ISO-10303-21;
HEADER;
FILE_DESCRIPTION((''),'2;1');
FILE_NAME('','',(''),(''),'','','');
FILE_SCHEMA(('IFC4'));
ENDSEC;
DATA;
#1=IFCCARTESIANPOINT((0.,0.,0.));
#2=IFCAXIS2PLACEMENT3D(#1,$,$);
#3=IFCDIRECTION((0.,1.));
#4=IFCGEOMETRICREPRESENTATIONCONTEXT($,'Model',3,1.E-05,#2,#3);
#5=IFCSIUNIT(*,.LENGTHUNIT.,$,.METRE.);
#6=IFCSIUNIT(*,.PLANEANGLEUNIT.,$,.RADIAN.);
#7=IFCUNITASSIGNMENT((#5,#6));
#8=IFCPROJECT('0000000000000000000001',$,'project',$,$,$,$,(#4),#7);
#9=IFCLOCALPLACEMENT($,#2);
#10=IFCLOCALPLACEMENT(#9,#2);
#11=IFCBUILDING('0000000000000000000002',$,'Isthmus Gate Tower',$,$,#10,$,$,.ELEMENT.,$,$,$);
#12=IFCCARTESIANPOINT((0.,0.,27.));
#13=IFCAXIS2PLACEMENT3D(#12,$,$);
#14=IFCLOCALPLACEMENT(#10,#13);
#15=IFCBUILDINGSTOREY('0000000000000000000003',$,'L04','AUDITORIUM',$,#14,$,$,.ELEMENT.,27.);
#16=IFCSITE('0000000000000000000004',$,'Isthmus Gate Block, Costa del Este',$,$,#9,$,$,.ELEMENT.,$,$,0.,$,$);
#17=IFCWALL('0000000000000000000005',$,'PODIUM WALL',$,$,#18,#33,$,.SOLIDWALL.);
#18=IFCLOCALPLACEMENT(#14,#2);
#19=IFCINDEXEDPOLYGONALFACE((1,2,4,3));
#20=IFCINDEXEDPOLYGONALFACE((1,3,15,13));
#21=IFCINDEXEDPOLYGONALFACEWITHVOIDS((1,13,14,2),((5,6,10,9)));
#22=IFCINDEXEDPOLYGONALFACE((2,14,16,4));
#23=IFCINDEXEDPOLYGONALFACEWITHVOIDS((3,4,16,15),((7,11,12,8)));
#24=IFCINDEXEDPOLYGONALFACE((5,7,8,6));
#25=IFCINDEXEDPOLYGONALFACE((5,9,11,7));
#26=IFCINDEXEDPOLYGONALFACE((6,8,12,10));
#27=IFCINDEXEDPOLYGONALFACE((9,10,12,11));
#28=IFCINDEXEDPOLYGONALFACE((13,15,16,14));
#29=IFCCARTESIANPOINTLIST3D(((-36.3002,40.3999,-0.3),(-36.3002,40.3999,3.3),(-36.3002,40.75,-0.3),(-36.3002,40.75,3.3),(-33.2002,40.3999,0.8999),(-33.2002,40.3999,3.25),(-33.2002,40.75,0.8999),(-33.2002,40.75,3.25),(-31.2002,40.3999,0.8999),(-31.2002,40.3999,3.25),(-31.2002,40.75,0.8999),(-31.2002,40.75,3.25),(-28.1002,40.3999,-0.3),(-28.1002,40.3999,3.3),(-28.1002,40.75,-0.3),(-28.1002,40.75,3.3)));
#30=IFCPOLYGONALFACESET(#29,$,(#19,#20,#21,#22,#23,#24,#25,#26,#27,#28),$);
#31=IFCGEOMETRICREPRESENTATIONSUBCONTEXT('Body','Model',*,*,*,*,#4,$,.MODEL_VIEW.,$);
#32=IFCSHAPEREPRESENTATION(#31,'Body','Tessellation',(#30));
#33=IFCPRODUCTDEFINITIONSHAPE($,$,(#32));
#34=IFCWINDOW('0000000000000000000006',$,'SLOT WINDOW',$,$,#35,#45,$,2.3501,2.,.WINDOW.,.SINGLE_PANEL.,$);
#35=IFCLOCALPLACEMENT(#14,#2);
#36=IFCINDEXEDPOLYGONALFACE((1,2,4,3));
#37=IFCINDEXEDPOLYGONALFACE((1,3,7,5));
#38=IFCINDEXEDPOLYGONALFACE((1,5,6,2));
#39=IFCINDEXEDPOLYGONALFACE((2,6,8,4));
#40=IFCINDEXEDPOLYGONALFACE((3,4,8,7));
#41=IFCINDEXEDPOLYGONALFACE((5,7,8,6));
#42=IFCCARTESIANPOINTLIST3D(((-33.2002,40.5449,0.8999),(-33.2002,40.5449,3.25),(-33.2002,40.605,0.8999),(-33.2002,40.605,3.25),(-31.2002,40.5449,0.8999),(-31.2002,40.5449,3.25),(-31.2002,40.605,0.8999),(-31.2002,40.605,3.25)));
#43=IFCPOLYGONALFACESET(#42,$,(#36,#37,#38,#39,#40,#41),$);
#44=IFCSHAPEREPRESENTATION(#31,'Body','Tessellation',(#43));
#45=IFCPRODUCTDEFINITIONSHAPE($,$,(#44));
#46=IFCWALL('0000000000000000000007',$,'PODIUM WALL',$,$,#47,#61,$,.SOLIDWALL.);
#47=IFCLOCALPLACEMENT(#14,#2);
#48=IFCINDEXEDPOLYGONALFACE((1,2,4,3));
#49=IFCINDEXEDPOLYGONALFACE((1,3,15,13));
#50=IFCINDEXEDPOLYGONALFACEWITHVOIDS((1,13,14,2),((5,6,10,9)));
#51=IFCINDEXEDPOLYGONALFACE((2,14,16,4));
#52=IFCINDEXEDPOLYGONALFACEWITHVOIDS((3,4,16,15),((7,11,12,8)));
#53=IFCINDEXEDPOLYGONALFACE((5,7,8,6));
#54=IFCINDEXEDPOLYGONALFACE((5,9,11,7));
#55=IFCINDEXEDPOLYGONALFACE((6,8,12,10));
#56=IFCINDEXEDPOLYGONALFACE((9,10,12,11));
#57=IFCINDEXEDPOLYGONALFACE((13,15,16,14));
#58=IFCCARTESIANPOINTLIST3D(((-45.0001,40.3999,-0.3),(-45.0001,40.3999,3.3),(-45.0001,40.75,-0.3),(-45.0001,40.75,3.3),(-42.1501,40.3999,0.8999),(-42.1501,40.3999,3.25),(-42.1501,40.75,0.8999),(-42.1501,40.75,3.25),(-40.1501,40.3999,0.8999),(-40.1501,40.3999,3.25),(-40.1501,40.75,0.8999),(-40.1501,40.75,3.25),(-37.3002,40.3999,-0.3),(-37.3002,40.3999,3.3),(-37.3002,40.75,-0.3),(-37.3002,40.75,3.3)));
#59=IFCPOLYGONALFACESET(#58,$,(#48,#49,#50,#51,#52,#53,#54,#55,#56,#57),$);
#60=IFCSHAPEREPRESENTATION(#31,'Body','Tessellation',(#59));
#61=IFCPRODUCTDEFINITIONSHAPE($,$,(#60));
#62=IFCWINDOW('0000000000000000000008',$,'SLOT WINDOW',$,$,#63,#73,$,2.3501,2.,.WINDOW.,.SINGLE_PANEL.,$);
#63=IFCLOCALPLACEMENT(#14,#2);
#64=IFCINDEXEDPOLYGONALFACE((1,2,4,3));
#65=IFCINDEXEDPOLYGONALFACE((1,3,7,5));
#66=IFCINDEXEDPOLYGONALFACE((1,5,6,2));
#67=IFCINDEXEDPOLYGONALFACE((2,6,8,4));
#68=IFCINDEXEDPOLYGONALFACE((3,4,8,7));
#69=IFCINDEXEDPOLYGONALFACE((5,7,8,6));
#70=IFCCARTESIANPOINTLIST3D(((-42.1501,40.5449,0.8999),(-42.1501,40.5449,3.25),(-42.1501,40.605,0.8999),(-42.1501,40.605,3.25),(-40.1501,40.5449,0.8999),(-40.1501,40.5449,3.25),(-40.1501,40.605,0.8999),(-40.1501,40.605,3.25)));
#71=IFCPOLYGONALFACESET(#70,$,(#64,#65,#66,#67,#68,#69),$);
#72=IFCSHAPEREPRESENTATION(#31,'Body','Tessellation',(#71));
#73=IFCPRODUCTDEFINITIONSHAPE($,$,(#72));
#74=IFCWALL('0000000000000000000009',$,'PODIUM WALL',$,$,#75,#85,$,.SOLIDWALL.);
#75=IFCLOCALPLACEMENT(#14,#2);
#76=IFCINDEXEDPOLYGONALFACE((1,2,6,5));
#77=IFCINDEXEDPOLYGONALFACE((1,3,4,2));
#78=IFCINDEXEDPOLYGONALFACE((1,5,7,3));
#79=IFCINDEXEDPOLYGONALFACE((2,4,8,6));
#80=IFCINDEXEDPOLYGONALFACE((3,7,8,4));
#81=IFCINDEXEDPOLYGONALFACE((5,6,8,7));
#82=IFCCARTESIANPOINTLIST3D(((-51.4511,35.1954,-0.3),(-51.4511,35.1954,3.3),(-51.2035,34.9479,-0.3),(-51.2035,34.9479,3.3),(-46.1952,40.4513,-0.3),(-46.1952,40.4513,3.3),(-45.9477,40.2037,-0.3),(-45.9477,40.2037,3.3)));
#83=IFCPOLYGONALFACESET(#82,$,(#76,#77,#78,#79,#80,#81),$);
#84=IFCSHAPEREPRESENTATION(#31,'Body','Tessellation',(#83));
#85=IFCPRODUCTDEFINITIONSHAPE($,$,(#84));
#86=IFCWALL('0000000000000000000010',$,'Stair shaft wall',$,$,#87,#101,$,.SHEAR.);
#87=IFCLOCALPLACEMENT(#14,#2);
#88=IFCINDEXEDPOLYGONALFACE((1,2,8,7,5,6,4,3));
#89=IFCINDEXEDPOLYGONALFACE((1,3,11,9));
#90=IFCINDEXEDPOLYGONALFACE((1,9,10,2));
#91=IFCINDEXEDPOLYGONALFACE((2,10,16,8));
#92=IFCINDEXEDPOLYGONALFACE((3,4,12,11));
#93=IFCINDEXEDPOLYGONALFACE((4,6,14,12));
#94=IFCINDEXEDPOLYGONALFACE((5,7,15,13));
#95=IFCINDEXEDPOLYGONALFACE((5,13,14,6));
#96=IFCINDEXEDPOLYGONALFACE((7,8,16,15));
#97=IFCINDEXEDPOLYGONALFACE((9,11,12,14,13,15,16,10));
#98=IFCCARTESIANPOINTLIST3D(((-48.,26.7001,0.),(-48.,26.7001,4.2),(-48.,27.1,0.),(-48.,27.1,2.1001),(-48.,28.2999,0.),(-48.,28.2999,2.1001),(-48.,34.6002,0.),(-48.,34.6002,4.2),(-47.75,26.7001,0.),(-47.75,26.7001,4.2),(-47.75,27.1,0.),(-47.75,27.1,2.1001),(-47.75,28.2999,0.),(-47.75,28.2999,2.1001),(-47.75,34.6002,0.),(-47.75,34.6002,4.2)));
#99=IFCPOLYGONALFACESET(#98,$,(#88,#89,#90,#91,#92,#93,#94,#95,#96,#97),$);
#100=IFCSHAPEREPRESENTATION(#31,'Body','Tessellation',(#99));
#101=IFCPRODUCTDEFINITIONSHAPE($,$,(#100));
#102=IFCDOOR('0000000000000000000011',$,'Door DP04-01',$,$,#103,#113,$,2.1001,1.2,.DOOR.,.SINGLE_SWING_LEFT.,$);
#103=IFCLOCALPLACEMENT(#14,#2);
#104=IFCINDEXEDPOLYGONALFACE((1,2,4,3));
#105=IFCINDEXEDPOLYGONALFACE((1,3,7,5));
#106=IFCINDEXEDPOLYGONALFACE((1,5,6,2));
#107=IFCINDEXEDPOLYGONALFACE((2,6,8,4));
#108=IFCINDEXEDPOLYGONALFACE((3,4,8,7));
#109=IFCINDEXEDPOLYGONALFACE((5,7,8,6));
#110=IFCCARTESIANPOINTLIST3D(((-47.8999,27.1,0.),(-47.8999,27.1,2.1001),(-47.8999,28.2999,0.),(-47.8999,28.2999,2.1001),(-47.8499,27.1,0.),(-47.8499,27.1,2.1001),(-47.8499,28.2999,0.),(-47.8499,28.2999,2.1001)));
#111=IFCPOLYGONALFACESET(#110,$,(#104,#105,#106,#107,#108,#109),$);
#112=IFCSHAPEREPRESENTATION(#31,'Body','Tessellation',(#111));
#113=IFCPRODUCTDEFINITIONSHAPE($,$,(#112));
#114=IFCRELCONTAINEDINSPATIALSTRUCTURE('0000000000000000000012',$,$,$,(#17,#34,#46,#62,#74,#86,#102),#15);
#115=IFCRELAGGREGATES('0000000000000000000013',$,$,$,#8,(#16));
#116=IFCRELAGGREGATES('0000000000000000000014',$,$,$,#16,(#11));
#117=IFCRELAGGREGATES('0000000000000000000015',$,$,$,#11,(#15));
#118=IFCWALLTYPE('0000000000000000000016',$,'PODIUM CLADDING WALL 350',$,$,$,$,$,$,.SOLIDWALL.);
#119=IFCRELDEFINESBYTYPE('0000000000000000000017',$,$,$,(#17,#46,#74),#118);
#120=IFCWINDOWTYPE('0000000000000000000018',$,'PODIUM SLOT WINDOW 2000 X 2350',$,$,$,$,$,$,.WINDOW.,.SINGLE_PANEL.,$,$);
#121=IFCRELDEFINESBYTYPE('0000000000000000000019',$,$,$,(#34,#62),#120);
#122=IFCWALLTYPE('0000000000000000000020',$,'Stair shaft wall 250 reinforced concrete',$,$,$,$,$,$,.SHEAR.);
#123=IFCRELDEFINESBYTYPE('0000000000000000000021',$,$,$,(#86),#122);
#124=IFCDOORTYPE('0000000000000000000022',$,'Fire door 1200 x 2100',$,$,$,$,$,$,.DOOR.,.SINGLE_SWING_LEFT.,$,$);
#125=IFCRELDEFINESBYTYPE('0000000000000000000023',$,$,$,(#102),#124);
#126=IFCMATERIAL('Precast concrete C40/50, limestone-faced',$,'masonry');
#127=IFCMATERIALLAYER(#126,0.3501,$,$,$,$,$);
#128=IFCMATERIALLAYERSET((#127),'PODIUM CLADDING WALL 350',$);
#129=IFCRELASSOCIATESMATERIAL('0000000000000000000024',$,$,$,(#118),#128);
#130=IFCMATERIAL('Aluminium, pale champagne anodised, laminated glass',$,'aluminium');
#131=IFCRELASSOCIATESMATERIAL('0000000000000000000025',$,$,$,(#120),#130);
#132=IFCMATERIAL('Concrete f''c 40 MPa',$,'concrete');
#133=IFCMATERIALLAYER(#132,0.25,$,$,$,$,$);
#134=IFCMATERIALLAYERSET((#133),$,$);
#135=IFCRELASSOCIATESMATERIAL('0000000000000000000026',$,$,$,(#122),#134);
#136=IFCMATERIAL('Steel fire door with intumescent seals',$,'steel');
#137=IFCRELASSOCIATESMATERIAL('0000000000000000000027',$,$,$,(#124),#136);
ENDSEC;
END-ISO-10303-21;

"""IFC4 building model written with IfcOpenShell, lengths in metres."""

from ifc_helpers import new_model, si_unit, direction, frame, frame_2d, origin, place, context, subcontext, project, spatial, rectangle, extrude, material, layer, layer_set, type_object, element, fill, save


model = new_model("IFC4")

# Units and contexts
model_context = context("Model", 3, precision=1e-05, world=origin(), true_north=direction((0.0, 1.0)))
body_context = subcontext(model_context, "Body", "Model", "MODEL_VIEW")
ifc_project = project(units=[si_unit("LENGTHUNIT", "METRE"), si_unit("PLANEANGLEUNIT", "RADIAN")], contexts=[model_context])

# Site, building, storey
site_placement = place(None, origin())
site = spatial("IfcSite", under=ifc_project, at=site_placement, Name="Isthmus Gate Block, Costa del Este", CompositionType="ELEMENT", RefElevation=0.0)
building_placement = place(site_placement, origin())
building = spatial("IfcBuilding", under=site, at=building_placement, Name="Isthmus Gate Tower", CompositionType="ELEMENT")
storey_placement = place(building_placement, frame((0.0, 0.0, 27.0)))
storey = spatial("IfcBuildingStorey", under=building, at=storey_placement, Name="L04", Description="AUDITORIUM", CompositionType="ELEMENT", Elevation=27.0)

# Walls, openings, windows
ifc_material_1 = material(Name="Precast concrete C40/50, limestone-faced", Category="masonry")
ifc_layer_1 = layer(ifc_material_1, 0.3501)
ifc_layer_set_1 = layer_set([ifc_layer_1], Name="PODIUM CLADDING WALL 350")
wall_type_1 = type_object("IfcWallType", Name="PODIUM CLADDING WALL 350", PredefinedType="SOLIDWALL", material=ifc_layer_set_1)
wall_1_placement = place(storey_placement, frame((-28.1001, 40.575, -0.3), z_axis=(0.0, 0.0, 1.0), x_axis=(-1.0, 0.0, 0.0)))
wall_1 = element("IfcWall", 1, at=wall_1_placement, inside=storey, type_object=wall_type_1, Name="PODIUM WALL", PredefinedType="SOLIDWALL", context=body_context, shape_type="SweptSolid", body=[
    extrude(rectangle(XDim=8.2, YDim=0.3501, at=frame_2d((4.1001, 0.0))), origin(), (0.0, 0.0, 1.0), 3.6001),
])
opening_1_placement = place(wall_1_placement, frame((3.1001, 0.0, 1.2)))
opening_1 = element("IfcOpeningElement", 2, at=opening_1_placement, cuts=wall_1, PredefinedType="OPENING", context=body_context, shape_type="SweptSolid", body=[
    extrude(rectangle(XDim=2.0, YDim=2.3501, at=frame_2d((1.0, 1.175))), frame((0.0, 0.1851, 0.0), z_axis=(0.0, -1.0, 0.0), x_axis=(1.0, 0.0, 0.0)), (0.0, 0.0, 1.0), 0.3701),
])
ifc_material_2 = material(Name="Aluminium, pale champagne anodised, laminated glass", Category="aluminium")
window_type = type_object("IfcWindowType", Name="PODIUM SLOT WINDOW 2000 X 2350", PartitioningType="SINGLE_PANEL", PredefinedType="WINDOW", material=ifc_material_2)
window_1_placement = place(opening_1_placement, origin())
window_1 = element("IfcWindow", 3, at=window_1_placement, inside=storey, type_object=window_type, Name="SLOT WINDOW", OverallHeight=2.3501, OverallWidth=2.0, PartitioningType="SINGLE_PANEL", PredefinedType="WINDOW", context=body_context, shape_type="SweptSolid", body=[
    extrude(rectangle(XDim=2.0, YDim=2.3501, at=frame_2d((1.0, 1.175))), frame((0.0, 0.03, 0.0), z_axis=(0.0, -1.0, 0.0), x_axis=(1.0, 0.0, 0.0)), (0.0, 0.0, 1.0), 0.0601),
])
fill(opening_1, window_1)
wall_2_placement = place(storey_placement, frame((-37.3, 40.575, -0.3), z_axis=(0.0, 0.0, 1.0), x_axis=(-1.0, 0.0, 0.0)))
wall_2 = element("IfcWall", 4, at=wall_2_placement, inside=storey, type_object=wall_type_1, Name="PODIUM WALL", PredefinedType="SOLIDWALL", context=body_context, shape_type="SweptSolid", body=[
    extrude(rectangle(XDim=7.7, YDim=0.3501, at=frame_2d((3.8501, 0.0))), origin(), (0.0, 0.0, 1.0), 3.6001),
])
opening_2_placement = place(wall_2_placement, frame((2.8501, 0.0, 1.2)))
opening_2 = element("IfcOpeningElement", 5, at=opening_2_placement, cuts=wall_2, PredefinedType="OPENING", context=body_context, shape_type="SweptSolid", body=[
    extrude(rectangle(XDim=2.0, YDim=2.3501, at=frame_2d((1.0, 1.175))), frame((0.0, 0.1851, 0.0), z_axis=(0.0, -1.0, 0.0), x_axis=(1.0, 0.0, 0.0)), (0.0, 0.0, 1.0), 0.3701),
])
window_2_placement = place(opening_2_placement, origin())
window_2 = element("IfcWindow", 6, at=window_2_placement, inside=storey, type_object=window_type, Name="SLOT WINDOW", OverallHeight=2.3501, OverallWidth=2.0, PartitioningType="SINGLE_PANEL", PredefinedType="WINDOW", context=body_context, shape_type="SweptSolid", body=[
    extrude(rectangle(XDim=2.0, YDim=2.3501, at=frame_2d((1.0, 1.175))), frame((0.0, 0.03, 0.0), z_axis=(0.0, -1.0, 0.0), x_axis=(1.0, 0.0, 0.0)), (0.0, 0.0, 1.0), 0.0601),
])
fill(opening_2, window_2)

# Wall
wall_3_placement = place(storey_placement, frame((-46.0715, 40.3274, -0.3), z_axis=(0.0, 0.0, 1.0), x_axis=(-0.707107, -0.707107, 0.0)))
element("IfcWall", 7, at=wall_3_placement, inside=storey, type_object=wall_type_1, Name="PODIUM WALL", PredefinedType="SOLIDWALL", context=body_context, shape_type="SweptSolid", body=[
    extrude(rectangle(XDim=7.4329, YDim=0.3501, at=frame_2d((3.7163, 0.0))), origin(), (0.0, 0.0, 1.0), 3.6001),
])

# Wall, opening, door
ifc_material_3 = material(Name="Concrete f'c 40 MPa", Category="concrete")
ifc_layer_2 = layer(ifc_material_3, 0.25)
ifc_layer_set_2 = layer_set([ifc_layer_2])
wall_type_2 = type_object("IfcWallType", Name="Stair shaft wall 250 reinforced concrete", PredefinedType="SHEAR", material=ifc_layer_set_2)
wall_4_placement = place(storey_placement, frame((-47.875, 26.7, 0.0), z_axis=(0.0, 0.0, 1.0), x_axis=(0.0, 1.0, 0.0)))
wall_4 = element("IfcWall", 8, at=wall_4_placement, inside=storey, type_object=wall_type_2, Name="Stair shaft wall", PredefinedType="SHEAR", context=body_context, shape_type="SweptSolid", body=[
    extrude(rectangle(XDim=7.9001, YDim=0.25, at=frame_2d((3.9502, 0.0))), origin(), (0.0, 0.0, 1.0), 4.2),
])
opening_3_placement = place(wall_4_placement, frame((0.3999, 0.0, 0.0)))
opening_3 = element("IfcOpeningElement", 9, at=opening_3_placement, cuts=wall_4, PredefinedType="OPENING", context=body_context, shape_type="SweptSolid", body=[
    extrude(rectangle(XDim=1.2, YDim=2.1001, at=frame_2d((0.6001, 1.05))), frame((0.0, 0.135, 0.0), z_axis=(0.0, -1.0, 0.0), x_axis=(1.0, 0.0, 0.0)), (0.0, 0.0, 1.0), 0.27),
])
ifc_material_4 = material(Name="Steel fire door with intumescent seals", Category="steel")
door_type_1 = type_object("IfcDoorType", Name="Fire door 1200 x 2100", OperationType="SINGLE_SWING_LEFT", PredefinedType="DOOR", material=ifc_material_4)
door_1_placement = place(opening_3_placement, origin())
door_1 = element("IfcDoor", 10, at=door_1_placement, inside=storey, type_object=door_type_1, Name="Door DP04-01", OperationType="SINGLE_SWING_LEFT", OverallHeight=2.1001, OverallWidth=1.2, PredefinedType="DOOR", context=body_context, shape_type="SweptSolid", body=[
    extrude(rectangle(XDim=1.2, YDim=2.1001, at=frame_2d((0.6001, 1.05))), frame((0.0, 0.0249, 0.0), z_axis=(0.0, -1.0, 0.0), x_axis=(1.0, 0.0, 0.0)), (0.0, 0.0, 1.0), 0.05),
])
fill(opening_3, door_1)

save(model, "model.ifc")
